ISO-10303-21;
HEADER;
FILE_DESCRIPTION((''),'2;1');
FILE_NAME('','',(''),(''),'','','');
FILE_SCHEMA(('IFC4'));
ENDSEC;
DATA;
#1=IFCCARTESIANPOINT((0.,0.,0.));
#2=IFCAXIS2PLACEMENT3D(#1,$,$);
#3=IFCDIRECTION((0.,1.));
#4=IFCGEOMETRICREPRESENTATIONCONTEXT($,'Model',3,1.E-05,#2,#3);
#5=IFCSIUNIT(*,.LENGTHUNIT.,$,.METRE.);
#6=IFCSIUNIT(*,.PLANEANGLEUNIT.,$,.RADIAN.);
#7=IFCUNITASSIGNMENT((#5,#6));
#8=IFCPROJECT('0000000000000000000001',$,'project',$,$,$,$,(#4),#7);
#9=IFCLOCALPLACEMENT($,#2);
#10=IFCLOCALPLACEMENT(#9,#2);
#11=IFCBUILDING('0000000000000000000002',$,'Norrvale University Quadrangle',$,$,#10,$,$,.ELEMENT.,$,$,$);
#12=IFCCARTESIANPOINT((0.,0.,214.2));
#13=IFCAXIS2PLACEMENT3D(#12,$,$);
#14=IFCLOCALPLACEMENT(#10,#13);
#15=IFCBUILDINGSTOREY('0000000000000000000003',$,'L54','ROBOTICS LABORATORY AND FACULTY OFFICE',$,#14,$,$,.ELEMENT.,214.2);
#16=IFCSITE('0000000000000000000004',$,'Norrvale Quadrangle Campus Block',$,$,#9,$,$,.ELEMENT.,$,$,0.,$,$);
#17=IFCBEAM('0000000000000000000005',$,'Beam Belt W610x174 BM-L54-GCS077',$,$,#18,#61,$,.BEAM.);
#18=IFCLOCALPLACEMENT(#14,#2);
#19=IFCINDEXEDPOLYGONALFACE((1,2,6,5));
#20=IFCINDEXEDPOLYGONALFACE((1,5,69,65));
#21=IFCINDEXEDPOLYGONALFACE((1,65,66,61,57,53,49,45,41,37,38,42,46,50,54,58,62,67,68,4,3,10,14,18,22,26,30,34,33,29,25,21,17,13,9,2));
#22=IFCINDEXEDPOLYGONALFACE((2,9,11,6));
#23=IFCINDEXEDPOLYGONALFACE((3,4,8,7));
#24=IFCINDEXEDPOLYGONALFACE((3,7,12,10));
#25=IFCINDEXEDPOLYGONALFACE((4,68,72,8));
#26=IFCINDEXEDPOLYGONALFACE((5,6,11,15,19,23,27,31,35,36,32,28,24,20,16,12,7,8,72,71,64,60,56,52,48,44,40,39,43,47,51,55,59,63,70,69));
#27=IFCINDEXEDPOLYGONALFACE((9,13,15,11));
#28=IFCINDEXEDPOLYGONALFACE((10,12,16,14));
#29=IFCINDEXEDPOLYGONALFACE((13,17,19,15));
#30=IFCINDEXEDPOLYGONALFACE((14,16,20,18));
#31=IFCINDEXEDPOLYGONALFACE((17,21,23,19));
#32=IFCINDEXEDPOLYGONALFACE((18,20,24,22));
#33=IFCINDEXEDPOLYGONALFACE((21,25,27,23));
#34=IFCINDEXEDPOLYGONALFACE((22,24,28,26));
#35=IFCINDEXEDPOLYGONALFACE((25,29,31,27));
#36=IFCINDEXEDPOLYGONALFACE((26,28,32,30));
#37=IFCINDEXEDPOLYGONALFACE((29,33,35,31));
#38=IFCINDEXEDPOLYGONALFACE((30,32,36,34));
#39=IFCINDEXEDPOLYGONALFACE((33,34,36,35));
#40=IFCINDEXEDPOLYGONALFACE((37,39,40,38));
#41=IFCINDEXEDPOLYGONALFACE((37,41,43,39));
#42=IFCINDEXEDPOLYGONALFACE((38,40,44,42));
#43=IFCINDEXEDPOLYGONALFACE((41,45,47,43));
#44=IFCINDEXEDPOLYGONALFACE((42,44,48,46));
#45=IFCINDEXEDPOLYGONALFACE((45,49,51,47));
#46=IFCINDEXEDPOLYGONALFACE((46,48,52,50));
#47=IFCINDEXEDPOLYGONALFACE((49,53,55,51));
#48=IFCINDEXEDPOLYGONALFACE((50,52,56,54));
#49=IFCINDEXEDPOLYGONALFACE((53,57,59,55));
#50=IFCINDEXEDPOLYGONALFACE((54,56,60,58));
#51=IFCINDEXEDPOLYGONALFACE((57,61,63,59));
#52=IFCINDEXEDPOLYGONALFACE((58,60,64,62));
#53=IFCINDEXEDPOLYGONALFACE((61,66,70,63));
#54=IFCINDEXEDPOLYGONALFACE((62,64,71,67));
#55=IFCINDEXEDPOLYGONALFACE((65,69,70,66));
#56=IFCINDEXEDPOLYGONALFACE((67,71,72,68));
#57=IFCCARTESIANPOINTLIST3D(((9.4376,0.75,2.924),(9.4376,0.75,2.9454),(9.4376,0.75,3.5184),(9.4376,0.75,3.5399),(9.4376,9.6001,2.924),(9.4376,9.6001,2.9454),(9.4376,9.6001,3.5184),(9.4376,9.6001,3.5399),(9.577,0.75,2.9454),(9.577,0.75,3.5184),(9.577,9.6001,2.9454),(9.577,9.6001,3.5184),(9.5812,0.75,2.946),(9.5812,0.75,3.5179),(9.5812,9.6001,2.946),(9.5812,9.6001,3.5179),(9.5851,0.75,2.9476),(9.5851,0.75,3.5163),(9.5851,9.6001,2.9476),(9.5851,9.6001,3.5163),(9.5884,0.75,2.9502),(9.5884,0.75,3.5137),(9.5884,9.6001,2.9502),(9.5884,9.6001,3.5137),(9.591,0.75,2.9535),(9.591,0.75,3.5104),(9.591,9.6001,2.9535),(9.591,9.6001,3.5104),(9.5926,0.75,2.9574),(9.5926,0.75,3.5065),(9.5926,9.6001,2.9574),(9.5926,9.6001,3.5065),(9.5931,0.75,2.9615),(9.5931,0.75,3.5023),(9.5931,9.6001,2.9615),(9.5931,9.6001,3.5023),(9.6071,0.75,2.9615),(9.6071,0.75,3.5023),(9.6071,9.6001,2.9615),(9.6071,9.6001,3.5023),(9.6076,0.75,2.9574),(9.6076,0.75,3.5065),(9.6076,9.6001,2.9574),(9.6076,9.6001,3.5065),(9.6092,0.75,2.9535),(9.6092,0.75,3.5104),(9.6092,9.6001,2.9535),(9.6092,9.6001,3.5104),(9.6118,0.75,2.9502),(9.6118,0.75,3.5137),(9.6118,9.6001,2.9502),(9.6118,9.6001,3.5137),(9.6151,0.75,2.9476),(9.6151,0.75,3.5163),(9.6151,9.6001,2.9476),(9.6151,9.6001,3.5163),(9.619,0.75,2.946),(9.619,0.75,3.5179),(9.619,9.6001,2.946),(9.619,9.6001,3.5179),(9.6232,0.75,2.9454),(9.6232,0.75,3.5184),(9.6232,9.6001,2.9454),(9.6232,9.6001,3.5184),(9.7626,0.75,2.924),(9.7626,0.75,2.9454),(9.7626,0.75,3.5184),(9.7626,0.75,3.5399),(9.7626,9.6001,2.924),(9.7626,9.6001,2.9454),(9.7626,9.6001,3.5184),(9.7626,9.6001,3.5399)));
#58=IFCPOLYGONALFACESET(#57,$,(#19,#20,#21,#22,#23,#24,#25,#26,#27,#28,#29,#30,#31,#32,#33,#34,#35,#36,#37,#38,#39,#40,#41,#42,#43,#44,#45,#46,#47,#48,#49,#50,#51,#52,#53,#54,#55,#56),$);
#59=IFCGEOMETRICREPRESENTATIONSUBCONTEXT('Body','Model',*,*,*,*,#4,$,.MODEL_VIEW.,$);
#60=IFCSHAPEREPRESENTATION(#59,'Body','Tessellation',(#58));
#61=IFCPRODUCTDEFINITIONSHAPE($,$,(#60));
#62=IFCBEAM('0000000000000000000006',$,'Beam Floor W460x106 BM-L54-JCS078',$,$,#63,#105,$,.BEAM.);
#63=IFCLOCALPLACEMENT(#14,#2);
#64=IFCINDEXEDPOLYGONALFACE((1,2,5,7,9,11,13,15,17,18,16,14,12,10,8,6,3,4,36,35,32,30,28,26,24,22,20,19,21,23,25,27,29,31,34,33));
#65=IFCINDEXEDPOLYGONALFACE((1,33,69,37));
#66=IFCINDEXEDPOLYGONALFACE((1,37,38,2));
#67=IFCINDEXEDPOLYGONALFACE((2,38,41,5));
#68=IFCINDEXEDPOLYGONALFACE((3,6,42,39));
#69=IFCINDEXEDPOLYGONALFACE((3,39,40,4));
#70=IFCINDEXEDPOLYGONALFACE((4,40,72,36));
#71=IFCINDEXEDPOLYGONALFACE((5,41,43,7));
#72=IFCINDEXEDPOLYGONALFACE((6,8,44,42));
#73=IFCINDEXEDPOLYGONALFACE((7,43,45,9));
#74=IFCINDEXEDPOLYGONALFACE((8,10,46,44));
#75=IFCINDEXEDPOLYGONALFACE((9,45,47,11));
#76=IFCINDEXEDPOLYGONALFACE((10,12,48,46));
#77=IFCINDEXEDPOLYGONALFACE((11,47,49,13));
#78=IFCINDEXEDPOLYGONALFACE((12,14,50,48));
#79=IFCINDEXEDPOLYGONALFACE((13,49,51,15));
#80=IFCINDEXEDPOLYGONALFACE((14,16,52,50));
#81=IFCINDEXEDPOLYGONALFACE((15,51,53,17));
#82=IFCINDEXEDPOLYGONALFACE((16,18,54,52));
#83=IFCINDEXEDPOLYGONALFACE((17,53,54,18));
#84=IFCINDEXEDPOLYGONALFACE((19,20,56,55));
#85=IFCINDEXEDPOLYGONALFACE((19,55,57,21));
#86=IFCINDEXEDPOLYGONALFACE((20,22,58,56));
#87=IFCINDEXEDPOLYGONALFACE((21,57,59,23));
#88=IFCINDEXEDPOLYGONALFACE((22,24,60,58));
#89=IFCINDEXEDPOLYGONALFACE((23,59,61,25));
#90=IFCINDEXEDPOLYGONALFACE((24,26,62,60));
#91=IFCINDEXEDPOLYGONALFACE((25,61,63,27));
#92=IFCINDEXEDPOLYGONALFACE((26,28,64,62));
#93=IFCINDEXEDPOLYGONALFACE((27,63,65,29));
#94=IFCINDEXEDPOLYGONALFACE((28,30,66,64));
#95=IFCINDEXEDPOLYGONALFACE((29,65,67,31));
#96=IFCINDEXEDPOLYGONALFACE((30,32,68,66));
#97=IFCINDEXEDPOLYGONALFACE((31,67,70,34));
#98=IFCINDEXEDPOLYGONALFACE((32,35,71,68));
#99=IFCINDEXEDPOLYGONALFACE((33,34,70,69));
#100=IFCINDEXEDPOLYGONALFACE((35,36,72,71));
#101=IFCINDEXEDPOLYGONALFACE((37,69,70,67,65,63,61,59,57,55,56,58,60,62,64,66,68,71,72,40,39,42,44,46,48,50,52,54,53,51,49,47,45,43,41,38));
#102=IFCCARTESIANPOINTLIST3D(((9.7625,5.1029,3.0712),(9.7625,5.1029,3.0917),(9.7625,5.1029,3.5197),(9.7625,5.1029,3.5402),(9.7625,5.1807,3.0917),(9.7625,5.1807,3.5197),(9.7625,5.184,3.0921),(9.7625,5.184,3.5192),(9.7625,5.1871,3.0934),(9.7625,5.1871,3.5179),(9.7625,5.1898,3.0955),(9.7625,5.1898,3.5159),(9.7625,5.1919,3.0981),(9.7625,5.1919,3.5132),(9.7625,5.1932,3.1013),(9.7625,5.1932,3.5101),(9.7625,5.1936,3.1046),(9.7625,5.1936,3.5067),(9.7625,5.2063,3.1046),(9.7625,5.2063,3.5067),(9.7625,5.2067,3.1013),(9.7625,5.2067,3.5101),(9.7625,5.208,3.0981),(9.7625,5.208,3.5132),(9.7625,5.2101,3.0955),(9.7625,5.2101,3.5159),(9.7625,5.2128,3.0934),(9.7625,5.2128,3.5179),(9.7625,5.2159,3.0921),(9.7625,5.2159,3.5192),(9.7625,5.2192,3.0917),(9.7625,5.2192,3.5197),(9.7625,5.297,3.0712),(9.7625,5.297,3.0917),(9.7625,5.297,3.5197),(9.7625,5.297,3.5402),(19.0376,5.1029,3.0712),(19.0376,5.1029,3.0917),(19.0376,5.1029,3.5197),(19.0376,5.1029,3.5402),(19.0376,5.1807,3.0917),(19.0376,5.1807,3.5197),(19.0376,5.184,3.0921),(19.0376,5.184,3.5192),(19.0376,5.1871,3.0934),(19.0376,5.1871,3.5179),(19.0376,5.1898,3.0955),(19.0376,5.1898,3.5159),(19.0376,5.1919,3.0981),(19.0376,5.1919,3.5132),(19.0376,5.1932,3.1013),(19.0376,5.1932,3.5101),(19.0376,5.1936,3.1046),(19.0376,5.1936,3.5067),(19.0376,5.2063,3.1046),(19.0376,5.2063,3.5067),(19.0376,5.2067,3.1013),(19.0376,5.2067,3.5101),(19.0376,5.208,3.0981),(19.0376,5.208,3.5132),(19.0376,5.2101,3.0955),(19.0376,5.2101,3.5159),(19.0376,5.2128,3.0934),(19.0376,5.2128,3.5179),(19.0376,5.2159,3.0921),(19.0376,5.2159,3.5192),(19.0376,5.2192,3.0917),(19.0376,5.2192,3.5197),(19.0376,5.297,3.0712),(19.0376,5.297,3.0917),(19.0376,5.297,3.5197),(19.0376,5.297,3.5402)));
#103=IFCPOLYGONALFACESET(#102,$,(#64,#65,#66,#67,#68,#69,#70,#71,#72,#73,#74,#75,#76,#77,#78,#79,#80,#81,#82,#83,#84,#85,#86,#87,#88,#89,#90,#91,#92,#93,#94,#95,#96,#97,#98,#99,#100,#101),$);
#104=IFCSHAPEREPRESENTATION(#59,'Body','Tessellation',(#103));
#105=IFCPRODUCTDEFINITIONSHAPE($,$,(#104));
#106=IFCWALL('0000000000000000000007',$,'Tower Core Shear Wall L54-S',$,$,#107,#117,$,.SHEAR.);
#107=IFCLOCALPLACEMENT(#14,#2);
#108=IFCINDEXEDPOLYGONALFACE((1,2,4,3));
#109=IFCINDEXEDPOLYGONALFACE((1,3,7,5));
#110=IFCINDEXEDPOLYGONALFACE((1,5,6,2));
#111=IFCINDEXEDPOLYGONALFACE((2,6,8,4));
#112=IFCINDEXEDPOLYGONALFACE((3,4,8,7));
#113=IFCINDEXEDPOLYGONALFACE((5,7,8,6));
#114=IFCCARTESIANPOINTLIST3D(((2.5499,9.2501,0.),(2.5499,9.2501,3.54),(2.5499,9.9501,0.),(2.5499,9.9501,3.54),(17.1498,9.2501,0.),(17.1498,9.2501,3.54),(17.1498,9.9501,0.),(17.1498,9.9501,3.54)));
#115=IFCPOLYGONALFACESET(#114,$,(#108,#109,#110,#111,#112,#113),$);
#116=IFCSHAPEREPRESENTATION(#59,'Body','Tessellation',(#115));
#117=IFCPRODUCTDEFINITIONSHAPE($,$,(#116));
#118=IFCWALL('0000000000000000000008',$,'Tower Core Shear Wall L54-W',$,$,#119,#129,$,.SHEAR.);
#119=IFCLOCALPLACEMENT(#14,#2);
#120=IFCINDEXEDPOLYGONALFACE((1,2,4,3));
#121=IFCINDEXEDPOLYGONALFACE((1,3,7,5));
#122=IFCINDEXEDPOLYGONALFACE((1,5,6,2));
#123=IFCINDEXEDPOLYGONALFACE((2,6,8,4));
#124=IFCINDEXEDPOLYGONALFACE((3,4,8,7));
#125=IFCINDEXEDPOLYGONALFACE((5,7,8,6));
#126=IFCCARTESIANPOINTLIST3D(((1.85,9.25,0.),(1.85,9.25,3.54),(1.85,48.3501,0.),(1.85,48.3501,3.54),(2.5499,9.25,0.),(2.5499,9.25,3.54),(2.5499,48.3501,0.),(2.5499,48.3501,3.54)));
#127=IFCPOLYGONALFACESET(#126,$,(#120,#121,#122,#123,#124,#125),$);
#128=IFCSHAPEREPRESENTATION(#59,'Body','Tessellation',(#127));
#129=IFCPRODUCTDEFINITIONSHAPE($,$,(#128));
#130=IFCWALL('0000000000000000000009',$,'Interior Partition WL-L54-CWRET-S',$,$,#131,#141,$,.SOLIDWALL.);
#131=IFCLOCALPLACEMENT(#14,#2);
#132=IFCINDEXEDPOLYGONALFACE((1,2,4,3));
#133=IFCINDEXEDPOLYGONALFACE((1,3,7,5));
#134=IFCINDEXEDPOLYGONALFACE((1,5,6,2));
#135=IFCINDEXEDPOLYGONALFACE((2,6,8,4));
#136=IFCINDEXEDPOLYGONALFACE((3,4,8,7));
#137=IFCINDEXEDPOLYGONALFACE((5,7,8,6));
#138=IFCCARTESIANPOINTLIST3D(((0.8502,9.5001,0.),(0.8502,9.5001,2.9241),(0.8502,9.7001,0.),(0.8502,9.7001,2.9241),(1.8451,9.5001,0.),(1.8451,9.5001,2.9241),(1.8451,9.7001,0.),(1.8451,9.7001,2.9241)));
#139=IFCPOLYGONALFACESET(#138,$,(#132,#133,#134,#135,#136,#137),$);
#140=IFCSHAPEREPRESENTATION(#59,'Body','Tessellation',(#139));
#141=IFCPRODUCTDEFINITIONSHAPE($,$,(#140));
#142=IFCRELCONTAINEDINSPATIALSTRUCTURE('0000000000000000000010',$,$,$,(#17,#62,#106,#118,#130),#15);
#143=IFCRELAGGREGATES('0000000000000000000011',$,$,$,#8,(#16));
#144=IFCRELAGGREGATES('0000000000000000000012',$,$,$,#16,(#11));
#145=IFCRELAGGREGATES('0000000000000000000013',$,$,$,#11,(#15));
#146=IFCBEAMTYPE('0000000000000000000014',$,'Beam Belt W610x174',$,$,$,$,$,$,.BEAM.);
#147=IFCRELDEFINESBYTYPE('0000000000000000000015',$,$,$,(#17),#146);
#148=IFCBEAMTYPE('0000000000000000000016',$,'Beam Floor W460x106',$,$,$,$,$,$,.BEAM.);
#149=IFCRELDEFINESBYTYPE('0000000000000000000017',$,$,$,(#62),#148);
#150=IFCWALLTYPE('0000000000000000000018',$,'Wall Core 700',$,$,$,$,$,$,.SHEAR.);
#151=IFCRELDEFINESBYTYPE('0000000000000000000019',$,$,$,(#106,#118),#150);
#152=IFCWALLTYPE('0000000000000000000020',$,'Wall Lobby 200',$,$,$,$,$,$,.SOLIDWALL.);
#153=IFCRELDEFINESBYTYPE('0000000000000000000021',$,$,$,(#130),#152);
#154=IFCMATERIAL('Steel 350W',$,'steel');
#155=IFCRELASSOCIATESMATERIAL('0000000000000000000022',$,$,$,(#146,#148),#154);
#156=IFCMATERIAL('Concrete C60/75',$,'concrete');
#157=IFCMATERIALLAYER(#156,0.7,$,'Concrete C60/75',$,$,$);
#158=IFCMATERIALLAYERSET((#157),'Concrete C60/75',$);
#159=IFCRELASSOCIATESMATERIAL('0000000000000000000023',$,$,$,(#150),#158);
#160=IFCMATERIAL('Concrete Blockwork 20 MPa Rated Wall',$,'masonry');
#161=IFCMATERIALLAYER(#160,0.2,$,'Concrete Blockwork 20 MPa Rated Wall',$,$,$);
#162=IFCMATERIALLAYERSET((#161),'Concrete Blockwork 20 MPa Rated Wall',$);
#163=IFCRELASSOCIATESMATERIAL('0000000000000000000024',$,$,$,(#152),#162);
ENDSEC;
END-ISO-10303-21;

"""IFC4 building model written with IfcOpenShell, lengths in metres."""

from ifc_helpers import new_model, si_unit, direction, frame, frame_2d, origin, origin_2d, place, context, subcontext, project, spatial, rectangle, i_section, extrude, material, layer, layer_set, material_profile, profile_set, type_object, element, save


model = new_model("IFC4")

# Units and contexts
model_context = context("Model", 3, precision=1e-05, world=origin(), true_north=direction((0.0, 1.0)))
body_context = subcontext(model_context, "Body", "Model", "MODEL_VIEW")
ifc_project = project(units=[si_unit("LENGTHUNIT", "METRE"), si_unit("PLANEANGLEUNIT", "RADIAN")], contexts=[model_context])

# Site, building, storey
site_placement = place(None, origin())
site = spatial("IfcSite", under=ifc_project, at=site_placement, Name="Norrvale Quadrangle Campus Block", CompositionType="ELEMENT", RefElevation=0.0)
building_placement = place(site_placement, origin())
building = spatial("IfcBuilding", under=site, at=building_placement, Name="Norrvale University Quadrangle", CompositionType="ELEMENT")
storey_placement = place(building_placement, frame((0.0, 0.0, 214.2)))
storey = spatial("IfcBuildingStorey", under=building, at=storey_placement, Name="L54", Description="ROBOTICS LABORATORY AND FACULTY OFFICE", CompositionType="ELEMENT", Elevation=214.2)

# Shared definitions
ifc_material_1 = material(Name="Concrete C60/75", Category="concrete")

# Beams
ifc_material_2 = material(Name="Steel 350W", Category="steel")
ifc_material_profile_1 = material_profile(ifc_material_2, i_section(OverallWidth=0.325, OverallDepth=0.616, WebThickness=0.0139, FlangeThickness=0.0215, FilletRadius=0.0161, at=origin_2d()), Name="Steel 350W")
ifc_profile_set_1 = profile_set([ifc_material_profile_1], Name="Steel 350W")
beam_type_1 = type_object("IfcBeamType", Name="Beam Belt W610x174", PredefinedType="BEAM", material=ifc_profile_set_1)
beam_1_placement = place(storey_placement, frame((9.6001, 0.75, 3.2319), z_axis=(0.0, 1.0, 0.0), x_axis=(-1.0, 0.0, 0.0)))
element("IfcBeam", 1, at=beam_1_placement, inside=storey, type_object=beam_type_1, Name="Beam Belt W610x174 BM-L54-GCS077", PredefinedType="BEAM", context=body_context, shape_type="SweptSolid", body=[
    extrude(i_section(OverallWidth=0.325, OverallDepth=0.616, WebThickness=0.0139, FlangeThickness=0.0215, FilletRadius=0.0161, at=origin_2d()), origin(), (0.0, 0.0, 1.0), 8.8501),
])
ifc_material_profile_2 = material_profile(ifc_material_2, i_section(OverallWidth=0.1941, OverallDepth=0.469, WebThickness=0.0127, FlangeThickness=0.0205, FilletRadius=0.0129, at=origin_2d()), Name="Steel 350W")
ifc_profile_set_2 = profile_set([ifc_material_profile_2], Name="Steel 350W")
beam_type_2 = type_object("IfcBeamType", Name="Beam Floor W460x106", PredefinedType="BEAM", material=ifc_profile_set_2)
beam_2_placement = place(storey_placement, frame((9.7625, 5.2, 3.3057), z_axis=(1.0, 0.0, 0.0), x_axis=(0.0, 1.0, 0.0)))
element("IfcBeam", 2, at=beam_2_placement, inside=storey, type_object=beam_type_2, Name="Beam Floor W460x106 BM-L54-JCS078", PredefinedType="BEAM", context=body_context, shape_type="SweptSolid", body=[
    extrude(i_section(OverallWidth=0.1941, OverallDepth=0.469, WebThickness=0.0127, FlangeThickness=0.0205, FilletRadius=0.0129, at=origin_2d()), origin(), (0.0, 0.0, 1.0), 9.2751),
])

# Walls
ifc_layer_1 = layer(ifc_material_1, 0.7, Name="Concrete C60/75")
ifc_layer_set_1 = layer_set([ifc_layer_1], Name="Concrete C60/75")
wall_type_1 = type_object("IfcWallType", Name="Wall Core 700", PredefinedType="SHEAR", material=ifc_layer_set_1)
wall_1_placement = place(storey_placement, frame((2.55, 9.6001, 0.0), z_axis=(0.0, 0.0, 1.0), x_axis=(1.0, 0.0, 0.0)))
element("IfcWall", 3, at=wall_1_placement, inside=storey, type_object=wall_type_1, Name="Tower Core Shear Wall L54-S", PredefinedType="SHEAR", context=body_context, shape_type="SweptSolid", body=[
    extrude(rectangle(XDim=14.5999, YDim=0.7, at=frame_2d((7.2998, 0.0))), origin(), (0.0, 0.0, 1.0), 3.54),
])
wall_2_placement = place(storey_placement, frame((2.2, 9.25, 0.0), z_axis=(0.0, 0.0, 1.0), x_axis=(0.0, 1.0, 0.0)))
element("IfcWall", 4, at=wall_2_placement, inside=storey, type_object=wall_type_1, Name="Tower Core Shear Wall L54-W", PredefinedType="SHEAR", context=body_context, shape_type="SweptSolid", body=[
    extrude(rectangle(XDim=39.1001, YDim=0.7, at=frame_2d((19.55, 0.0))), origin(), (0.0, 0.0, 1.0), 3.54),
])
ifc_material_3 = material(Name="Concrete Blockwork 20 MPa Rated Wall", Category="masonry")
ifc_layer_2 = layer(ifc_material_3, 0.2, Name="Concrete Blockwork 20 MPa Rated Wall")
ifc_layer_set_2 = layer_set([ifc_layer_2], Name="Concrete Blockwork 20 MPa Rated Wall")
wall_type_2 = type_object("IfcWallType", Name="Wall Lobby 200", PredefinedType="SOLIDWALL", material=ifc_layer_set_2)
wall_3_placement = place(storey_placement, frame((0.8501, 9.6001, 0.0), z_axis=(0.0, 0.0, 1.0), x_axis=(1.0, 0.0, 0.0)))
element("IfcWall", 5, at=wall_3_placement, inside=storey, type_object=wall_type_2, Name="Interior Partition WL-L54-CWRET-S", PredefinedType="SOLIDWALL", context=body_context, shape_type="SweptSolid", body=[
    extrude(rectangle(XDim=0.9949, YDim=0.2, at=frame_2d((0.4976, 0.0))), origin(), (0.0, 0.0, 1.0), 2.9241),
])

save(model, "model.ifc")
